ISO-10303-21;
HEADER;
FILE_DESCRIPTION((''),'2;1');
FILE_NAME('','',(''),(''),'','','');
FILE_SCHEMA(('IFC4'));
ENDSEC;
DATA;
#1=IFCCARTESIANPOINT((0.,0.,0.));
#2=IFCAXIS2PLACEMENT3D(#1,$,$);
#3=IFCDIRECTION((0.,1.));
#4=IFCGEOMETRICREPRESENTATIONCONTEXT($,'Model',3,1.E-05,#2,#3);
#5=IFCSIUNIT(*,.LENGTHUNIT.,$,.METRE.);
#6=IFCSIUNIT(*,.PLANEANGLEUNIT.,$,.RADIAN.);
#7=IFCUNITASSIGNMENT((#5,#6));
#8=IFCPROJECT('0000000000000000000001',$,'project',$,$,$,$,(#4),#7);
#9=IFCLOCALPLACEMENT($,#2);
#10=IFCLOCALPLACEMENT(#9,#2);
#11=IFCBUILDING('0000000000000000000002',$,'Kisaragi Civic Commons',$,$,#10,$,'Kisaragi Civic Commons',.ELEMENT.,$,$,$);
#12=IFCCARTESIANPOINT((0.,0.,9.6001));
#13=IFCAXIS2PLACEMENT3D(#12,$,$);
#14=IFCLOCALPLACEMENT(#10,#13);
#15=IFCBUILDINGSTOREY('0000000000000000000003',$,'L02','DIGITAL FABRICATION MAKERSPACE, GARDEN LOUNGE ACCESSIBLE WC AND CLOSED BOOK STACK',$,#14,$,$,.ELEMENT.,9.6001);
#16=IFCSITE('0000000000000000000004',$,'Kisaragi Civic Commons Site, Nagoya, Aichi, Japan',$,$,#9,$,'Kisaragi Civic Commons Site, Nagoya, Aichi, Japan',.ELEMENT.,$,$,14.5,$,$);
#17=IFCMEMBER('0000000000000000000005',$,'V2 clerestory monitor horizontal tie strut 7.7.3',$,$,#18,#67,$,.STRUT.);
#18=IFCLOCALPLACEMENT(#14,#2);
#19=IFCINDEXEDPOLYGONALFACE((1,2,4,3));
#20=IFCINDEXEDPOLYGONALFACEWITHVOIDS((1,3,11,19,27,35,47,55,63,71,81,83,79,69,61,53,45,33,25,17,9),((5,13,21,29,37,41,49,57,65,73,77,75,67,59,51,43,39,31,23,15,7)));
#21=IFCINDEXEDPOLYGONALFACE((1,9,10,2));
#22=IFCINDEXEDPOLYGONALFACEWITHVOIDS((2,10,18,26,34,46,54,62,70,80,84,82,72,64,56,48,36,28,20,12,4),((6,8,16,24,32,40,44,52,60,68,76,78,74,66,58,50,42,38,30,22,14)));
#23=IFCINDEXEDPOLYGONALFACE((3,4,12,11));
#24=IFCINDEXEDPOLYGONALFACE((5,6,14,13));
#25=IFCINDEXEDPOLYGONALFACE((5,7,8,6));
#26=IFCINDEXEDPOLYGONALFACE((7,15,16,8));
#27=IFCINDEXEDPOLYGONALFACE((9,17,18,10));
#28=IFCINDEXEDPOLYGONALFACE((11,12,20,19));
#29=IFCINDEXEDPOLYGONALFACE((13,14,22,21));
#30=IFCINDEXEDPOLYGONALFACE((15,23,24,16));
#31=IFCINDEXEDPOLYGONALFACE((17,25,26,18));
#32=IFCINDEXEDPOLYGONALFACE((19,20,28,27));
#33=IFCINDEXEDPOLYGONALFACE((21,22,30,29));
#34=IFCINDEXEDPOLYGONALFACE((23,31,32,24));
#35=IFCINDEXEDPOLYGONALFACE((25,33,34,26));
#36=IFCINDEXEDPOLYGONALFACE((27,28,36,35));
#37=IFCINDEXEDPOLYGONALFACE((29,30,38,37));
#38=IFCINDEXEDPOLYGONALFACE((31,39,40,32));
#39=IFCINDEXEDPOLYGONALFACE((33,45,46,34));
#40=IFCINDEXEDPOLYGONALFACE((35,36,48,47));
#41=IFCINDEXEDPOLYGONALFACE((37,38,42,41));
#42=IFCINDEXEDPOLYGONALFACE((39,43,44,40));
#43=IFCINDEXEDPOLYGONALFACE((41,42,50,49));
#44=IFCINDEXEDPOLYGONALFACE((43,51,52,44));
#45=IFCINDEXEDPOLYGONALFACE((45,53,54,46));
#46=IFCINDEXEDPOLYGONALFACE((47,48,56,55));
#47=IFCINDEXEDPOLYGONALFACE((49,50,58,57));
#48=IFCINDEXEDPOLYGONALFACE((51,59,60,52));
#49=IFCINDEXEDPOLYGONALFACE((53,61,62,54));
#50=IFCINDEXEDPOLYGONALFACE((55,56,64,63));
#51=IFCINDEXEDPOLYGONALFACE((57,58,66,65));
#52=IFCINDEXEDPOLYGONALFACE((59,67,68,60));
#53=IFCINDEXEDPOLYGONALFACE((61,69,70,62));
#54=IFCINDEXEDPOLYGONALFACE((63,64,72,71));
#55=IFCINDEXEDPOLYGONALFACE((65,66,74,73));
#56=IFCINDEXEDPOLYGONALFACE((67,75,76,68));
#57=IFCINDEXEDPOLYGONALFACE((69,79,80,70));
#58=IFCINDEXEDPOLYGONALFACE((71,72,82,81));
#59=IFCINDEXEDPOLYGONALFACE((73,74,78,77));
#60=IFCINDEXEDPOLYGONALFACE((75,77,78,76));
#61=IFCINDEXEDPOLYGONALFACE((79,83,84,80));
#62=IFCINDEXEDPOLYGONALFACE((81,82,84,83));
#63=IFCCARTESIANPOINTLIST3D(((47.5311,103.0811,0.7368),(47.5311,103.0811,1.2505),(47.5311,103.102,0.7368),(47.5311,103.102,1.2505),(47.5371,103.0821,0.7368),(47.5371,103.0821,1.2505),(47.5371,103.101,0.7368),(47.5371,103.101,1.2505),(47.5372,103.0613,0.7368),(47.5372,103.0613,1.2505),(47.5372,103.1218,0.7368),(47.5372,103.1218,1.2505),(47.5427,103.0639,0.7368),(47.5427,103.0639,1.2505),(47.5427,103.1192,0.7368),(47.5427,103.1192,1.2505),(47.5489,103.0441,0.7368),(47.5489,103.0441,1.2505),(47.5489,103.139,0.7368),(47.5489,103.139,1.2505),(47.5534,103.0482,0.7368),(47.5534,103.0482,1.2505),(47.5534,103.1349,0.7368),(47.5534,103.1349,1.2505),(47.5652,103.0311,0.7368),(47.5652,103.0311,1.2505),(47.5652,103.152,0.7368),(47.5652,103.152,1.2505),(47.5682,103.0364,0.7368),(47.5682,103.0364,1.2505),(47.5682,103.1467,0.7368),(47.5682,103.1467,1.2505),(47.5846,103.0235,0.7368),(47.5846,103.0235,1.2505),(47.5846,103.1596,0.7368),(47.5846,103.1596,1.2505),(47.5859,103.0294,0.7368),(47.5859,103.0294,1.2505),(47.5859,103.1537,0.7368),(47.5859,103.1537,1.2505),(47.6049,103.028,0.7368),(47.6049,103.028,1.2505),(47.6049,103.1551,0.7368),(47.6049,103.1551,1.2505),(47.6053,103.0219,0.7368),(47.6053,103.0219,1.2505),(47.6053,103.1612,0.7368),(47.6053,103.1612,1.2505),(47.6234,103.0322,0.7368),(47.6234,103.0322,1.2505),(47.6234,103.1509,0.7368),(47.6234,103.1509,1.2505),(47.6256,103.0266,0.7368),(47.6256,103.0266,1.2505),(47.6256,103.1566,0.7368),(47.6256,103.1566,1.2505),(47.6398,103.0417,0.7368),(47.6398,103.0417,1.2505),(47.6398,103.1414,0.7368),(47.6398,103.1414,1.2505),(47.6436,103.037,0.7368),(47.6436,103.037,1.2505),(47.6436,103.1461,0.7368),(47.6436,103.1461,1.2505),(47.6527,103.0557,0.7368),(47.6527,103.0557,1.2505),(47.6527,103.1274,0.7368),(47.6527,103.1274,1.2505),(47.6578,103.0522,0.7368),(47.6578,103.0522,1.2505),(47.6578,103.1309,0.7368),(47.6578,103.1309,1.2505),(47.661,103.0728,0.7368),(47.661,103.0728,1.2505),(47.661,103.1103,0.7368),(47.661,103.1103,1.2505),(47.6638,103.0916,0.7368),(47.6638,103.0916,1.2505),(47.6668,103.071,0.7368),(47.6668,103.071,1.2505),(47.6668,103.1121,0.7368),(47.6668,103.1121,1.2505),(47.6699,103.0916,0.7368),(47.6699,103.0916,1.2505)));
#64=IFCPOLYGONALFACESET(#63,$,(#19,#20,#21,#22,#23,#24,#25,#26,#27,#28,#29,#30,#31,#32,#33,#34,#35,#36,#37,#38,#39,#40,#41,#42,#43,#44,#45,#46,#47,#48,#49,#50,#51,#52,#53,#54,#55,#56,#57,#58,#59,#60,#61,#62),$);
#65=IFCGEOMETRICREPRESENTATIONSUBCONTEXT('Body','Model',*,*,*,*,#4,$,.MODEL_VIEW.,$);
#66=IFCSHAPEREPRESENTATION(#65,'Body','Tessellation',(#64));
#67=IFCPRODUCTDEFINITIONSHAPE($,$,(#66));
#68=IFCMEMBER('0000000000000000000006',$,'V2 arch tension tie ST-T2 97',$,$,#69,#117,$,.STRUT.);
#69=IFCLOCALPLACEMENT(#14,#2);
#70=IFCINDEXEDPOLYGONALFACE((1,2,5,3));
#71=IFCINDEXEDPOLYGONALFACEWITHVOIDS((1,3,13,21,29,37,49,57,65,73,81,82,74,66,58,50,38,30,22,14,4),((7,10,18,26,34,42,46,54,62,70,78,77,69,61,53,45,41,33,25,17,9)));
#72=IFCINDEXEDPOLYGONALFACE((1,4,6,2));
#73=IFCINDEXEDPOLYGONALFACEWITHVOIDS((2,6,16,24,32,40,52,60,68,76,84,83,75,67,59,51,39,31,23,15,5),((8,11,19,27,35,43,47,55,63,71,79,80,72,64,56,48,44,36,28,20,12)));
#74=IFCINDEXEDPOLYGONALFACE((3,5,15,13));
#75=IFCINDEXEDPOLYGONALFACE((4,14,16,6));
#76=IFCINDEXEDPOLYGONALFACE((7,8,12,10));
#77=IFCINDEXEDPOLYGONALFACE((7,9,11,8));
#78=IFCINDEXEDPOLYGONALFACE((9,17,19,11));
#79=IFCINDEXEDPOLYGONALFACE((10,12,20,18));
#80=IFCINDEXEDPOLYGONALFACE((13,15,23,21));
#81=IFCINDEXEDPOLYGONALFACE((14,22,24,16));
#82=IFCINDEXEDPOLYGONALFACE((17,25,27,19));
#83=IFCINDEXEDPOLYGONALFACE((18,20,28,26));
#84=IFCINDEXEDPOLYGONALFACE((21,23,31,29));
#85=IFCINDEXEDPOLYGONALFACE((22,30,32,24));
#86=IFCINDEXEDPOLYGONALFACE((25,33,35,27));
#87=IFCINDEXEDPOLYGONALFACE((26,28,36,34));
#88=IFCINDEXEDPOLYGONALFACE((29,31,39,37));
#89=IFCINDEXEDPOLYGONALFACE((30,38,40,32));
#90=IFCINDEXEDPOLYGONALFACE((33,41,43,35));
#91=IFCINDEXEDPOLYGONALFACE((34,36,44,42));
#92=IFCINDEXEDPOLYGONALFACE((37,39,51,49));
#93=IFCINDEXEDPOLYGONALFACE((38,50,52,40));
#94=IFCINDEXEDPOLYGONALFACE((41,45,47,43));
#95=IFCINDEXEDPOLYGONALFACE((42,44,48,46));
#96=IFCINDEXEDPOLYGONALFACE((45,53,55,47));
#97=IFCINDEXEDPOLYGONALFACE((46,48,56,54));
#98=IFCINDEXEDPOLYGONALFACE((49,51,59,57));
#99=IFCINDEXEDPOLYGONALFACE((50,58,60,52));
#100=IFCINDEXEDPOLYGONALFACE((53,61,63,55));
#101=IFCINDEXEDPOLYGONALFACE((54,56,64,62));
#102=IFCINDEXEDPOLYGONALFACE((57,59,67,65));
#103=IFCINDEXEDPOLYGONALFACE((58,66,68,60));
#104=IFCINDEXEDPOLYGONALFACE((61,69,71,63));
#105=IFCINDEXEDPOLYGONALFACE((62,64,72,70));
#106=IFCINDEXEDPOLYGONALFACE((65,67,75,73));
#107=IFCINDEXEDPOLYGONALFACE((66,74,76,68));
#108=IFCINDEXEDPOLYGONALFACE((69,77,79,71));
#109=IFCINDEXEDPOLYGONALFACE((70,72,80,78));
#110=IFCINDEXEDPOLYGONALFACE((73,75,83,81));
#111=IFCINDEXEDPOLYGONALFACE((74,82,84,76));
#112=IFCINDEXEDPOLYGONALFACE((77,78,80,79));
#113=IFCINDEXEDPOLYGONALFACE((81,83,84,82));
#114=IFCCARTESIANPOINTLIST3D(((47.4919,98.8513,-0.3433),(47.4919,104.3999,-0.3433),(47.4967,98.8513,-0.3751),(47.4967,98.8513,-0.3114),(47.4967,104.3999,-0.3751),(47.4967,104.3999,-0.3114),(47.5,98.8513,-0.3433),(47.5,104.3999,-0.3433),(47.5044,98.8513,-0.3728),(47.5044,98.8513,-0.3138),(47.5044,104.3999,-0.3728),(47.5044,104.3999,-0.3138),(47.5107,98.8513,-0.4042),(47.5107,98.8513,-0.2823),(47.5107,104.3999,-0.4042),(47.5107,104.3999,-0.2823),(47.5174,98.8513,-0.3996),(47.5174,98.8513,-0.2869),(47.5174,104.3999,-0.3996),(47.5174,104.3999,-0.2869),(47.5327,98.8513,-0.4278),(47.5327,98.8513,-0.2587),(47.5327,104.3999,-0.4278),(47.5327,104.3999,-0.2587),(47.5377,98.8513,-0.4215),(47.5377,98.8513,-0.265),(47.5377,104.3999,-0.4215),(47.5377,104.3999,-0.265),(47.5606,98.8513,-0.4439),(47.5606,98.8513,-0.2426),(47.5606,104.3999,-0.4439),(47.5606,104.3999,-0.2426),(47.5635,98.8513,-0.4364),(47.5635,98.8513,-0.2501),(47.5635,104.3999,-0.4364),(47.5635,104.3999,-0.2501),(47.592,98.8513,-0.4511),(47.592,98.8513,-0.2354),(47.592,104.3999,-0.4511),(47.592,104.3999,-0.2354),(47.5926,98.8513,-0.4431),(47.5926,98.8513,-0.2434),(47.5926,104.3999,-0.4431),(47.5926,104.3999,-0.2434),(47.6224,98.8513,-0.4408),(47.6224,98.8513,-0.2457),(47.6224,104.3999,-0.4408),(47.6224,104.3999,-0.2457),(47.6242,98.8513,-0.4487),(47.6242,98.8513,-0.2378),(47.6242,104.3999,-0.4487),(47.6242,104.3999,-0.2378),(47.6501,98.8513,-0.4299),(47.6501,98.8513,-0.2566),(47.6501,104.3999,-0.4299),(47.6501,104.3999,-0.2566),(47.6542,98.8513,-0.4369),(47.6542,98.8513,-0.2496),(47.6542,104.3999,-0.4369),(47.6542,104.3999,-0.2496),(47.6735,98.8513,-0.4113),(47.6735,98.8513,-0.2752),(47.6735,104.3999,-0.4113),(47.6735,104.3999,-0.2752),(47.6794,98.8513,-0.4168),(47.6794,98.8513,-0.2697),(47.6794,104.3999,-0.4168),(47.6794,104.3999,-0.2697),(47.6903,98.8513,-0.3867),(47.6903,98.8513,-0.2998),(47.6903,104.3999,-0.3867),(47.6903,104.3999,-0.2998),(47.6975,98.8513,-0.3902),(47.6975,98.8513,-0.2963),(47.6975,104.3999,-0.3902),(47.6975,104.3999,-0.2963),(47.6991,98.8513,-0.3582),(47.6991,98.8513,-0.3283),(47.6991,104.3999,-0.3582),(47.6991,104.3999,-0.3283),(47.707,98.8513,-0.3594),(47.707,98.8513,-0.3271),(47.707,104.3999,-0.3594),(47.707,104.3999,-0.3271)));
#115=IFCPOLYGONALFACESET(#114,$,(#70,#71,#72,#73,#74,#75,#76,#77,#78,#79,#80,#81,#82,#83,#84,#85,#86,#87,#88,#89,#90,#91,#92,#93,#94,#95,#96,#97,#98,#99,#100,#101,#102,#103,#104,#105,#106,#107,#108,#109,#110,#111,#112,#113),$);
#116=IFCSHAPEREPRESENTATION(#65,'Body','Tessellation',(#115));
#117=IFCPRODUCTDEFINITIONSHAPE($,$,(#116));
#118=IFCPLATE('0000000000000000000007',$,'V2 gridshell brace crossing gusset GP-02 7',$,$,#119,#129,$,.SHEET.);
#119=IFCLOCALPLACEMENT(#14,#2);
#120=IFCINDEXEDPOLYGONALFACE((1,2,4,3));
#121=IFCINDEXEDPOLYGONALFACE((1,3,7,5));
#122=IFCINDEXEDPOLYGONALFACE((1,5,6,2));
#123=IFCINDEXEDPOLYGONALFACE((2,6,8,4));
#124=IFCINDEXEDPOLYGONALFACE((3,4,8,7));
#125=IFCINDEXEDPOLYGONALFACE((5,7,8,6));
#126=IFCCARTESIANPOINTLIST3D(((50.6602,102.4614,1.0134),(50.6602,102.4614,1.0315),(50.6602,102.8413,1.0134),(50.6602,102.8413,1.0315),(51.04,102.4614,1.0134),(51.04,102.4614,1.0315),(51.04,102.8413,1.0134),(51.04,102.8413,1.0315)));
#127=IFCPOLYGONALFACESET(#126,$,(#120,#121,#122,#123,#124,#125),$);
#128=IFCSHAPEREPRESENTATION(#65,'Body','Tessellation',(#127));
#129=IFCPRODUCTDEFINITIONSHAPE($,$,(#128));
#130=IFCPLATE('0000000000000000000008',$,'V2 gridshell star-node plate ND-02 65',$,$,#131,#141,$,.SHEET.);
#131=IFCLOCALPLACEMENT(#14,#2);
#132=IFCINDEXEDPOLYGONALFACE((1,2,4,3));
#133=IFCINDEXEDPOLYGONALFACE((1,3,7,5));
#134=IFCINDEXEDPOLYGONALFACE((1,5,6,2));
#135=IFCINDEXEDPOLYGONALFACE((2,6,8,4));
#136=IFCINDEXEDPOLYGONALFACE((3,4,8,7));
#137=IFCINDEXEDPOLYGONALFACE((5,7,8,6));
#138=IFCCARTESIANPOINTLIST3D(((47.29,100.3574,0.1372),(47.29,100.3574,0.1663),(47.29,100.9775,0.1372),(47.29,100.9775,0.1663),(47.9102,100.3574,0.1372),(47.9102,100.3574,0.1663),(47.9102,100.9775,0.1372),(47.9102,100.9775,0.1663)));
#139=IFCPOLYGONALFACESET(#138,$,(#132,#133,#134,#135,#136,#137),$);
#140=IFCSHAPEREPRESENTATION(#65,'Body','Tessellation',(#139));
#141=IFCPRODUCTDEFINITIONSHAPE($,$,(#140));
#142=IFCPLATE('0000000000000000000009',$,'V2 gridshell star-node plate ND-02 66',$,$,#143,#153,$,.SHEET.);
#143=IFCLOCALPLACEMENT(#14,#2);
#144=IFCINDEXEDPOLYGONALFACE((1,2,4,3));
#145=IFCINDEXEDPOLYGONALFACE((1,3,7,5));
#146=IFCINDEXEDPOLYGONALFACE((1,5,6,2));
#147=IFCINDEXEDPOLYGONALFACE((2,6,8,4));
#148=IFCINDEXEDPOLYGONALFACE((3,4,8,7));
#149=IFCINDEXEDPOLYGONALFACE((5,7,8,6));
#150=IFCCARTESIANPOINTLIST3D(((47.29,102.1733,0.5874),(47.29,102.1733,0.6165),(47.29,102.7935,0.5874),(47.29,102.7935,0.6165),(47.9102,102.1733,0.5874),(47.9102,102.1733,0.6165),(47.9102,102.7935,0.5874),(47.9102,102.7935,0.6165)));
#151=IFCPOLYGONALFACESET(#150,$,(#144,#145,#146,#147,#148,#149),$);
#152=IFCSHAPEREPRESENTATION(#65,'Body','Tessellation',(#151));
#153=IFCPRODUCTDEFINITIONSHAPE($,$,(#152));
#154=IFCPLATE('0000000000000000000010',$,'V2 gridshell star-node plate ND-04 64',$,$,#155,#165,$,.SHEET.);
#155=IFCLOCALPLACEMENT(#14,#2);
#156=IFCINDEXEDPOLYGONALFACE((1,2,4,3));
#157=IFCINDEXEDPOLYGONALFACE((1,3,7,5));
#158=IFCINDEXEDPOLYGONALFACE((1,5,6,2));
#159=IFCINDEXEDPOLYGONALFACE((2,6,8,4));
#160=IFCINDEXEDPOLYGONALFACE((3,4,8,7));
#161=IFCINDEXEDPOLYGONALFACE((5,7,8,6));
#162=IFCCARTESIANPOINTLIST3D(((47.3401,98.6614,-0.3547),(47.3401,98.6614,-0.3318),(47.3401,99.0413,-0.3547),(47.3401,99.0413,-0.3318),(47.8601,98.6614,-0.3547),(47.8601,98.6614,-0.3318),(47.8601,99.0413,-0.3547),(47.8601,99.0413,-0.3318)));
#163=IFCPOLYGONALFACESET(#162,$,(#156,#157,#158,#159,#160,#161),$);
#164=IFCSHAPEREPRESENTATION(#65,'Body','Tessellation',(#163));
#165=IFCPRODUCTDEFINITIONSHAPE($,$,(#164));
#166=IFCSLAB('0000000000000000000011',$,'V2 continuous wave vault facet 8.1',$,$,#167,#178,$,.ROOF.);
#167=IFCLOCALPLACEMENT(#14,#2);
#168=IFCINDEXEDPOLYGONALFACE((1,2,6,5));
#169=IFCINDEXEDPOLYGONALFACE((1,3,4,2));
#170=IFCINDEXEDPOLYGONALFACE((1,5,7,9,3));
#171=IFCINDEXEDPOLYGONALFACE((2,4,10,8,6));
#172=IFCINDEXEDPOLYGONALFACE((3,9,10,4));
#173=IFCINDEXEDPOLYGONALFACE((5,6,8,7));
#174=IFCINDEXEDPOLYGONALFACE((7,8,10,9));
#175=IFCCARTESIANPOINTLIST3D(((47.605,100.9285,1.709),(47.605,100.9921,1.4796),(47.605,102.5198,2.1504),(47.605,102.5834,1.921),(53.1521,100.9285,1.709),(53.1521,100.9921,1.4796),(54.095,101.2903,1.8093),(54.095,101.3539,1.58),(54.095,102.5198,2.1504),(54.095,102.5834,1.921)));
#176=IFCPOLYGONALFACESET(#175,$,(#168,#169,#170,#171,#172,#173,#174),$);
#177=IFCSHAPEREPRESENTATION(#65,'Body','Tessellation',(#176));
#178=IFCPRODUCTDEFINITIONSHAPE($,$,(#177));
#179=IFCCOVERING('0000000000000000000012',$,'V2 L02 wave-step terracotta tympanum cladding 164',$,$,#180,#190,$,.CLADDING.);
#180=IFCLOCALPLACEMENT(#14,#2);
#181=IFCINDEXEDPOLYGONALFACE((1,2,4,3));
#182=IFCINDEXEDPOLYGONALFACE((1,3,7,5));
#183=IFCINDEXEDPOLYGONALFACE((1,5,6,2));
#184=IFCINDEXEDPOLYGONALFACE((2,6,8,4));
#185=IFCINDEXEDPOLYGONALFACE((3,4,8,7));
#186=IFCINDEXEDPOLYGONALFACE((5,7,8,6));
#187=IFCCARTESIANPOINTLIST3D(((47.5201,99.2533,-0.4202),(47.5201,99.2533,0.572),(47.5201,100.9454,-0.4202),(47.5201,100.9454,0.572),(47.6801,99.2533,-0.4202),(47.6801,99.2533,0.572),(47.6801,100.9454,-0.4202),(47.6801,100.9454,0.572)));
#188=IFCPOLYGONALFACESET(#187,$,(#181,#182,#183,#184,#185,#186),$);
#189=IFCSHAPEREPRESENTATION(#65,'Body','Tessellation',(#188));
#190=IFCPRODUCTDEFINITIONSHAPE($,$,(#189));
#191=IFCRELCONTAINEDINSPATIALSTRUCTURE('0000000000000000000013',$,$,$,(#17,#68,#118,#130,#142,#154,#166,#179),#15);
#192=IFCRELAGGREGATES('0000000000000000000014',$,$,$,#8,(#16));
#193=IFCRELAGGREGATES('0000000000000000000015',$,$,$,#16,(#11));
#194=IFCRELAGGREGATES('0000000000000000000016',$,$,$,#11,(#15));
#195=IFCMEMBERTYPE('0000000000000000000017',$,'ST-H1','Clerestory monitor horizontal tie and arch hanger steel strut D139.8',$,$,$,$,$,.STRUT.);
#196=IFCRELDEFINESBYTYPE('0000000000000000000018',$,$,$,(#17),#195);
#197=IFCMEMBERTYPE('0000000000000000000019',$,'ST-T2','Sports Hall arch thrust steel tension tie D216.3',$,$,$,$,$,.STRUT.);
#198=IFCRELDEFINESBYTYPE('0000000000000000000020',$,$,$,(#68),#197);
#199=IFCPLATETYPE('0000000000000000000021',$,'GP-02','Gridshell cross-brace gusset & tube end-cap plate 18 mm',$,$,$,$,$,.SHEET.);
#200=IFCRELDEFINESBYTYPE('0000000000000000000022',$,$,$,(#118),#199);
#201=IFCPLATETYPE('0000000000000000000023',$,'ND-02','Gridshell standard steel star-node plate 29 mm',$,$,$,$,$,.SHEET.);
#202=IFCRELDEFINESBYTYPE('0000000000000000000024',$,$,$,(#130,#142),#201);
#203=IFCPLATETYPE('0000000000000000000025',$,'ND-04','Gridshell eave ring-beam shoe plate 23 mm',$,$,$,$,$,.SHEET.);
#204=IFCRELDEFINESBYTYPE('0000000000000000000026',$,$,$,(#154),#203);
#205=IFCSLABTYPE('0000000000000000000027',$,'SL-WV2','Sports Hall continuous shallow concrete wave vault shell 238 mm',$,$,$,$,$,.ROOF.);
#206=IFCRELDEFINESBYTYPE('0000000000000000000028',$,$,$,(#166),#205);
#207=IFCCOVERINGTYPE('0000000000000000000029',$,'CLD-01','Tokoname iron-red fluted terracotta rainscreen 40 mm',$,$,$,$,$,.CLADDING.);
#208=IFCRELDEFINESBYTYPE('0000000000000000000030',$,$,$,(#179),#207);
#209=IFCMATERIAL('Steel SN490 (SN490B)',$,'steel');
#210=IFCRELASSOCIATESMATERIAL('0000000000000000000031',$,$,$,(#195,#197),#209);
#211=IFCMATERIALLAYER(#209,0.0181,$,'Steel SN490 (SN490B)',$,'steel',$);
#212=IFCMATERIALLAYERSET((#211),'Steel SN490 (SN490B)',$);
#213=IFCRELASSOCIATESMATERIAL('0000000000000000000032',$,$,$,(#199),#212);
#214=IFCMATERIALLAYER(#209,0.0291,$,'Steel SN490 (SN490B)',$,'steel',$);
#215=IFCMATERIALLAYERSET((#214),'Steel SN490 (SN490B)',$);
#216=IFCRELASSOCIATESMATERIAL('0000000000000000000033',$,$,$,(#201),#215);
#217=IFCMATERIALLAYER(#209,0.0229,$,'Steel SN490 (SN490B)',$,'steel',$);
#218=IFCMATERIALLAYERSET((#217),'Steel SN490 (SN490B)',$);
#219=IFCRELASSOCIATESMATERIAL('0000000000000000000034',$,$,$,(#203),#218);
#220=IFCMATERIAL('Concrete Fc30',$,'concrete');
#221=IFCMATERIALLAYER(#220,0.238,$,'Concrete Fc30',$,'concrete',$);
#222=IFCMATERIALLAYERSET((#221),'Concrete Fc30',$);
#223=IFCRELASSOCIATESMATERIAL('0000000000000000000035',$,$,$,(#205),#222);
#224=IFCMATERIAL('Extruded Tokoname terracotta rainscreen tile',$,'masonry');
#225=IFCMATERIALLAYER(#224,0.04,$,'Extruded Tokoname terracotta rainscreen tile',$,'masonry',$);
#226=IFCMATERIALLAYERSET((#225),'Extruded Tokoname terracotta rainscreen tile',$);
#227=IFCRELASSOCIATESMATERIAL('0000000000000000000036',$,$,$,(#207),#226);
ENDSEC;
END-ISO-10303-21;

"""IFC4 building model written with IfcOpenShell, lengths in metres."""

from ifc_helpers import new_model, si_unit, direction, frame, origin, origin_2d, place, context, subcontext, project, spatial, polyline, rectangle, hollow_circle, outline, extrude, material, layer, layer_set, material_profile, profile_set, type_object, element, save


model = new_model("IFC4")

# Units and contexts
model_context = context("Model", 3, precision=1e-05, world=origin(), true_north=direction((0.0, 1.0)))
body_context = subcontext(model_context, "Body", "Model", "MODEL_VIEW")
ifc_project = project(units=[si_unit("LENGTHUNIT", "METRE"), si_unit("PLANEANGLEUNIT", "RADIAN")], contexts=[model_context])

# Site, building, storey
site_placement = place(None, origin())
site = spatial("IfcSite", under=ifc_project, at=site_placement, Name="Kisaragi Civic Commons Site, Nagoya, Aichi, Japan", LongName="Kisaragi Civic Commons Site, Nagoya, Aichi, Japan", CompositionType="ELEMENT", RefElevation=14.5)
building_placement = place(site_placement, origin())
building = spatial("IfcBuilding", under=site, at=building_placement, Name="Kisaragi Civic Commons", LongName="Kisaragi Civic Commons", CompositionType="ELEMENT")
storey_placement = place(building_placement, frame((0.0, 0.0, 9.6001)))
storey = spatial("IfcBuildingStorey", under=building, at=storey_placement, Name="L02", Description="DIGITAL FABRICATION MAKERSPACE, GARDEN LOUNGE ACCESSIBLE WC AND CLOSED BOOK STACK", CompositionType="ELEMENT", Elevation=9.6001)

# Members
ifc_material_1 = material(Name="Steel SN490 (SN490B)", Category="steel")
ifc_material_profile_1 = material_profile(ifc_material_1, hollow_circle(Radius=0.0698, WallThickness=0.0061, at=origin_2d()), Name="CHS-139.8x6.0", Category="steel")
ifc_profile_set_1 = profile_set([ifc_material_profile_1], Name="Steel SN490 (SN490B)")
member_type_1 = type_object("IfcMemberType", Name="ST-H1", Description="Clerestory monitor horizontal tie and arch hanger steel strut D139.8", PredefinedType="STRUT", material=ifc_profile_set_1)
member_1_placement = place(storey_placement, frame((47.6001, 103.0916, 0.7368), z_axis=(0.0, 0.0, 1.0), x_axis=(1.0, 0.0, 0.0)))
element("IfcMember", 1, at=member_1_placement, inside=storey, type_object=member_type_1, Name="V2 clerestory monitor horizontal tie strut 7.7.3", PredefinedType="STRUT", context=body_context, shape_type="SweptSolid", body=[
    extrude(hollow_circle(Radius=0.0698, WallThickness=0.0061, at=origin_2d()), origin(), (0.0, 0.0, 1.0), 0.5137),
])
ifc_material_profile_2 = material_profile(ifc_material_1, hollow_circle(Radius=0.1082, WallThickness=0.0081, at=origin_2d()), Name="CHS-216.3x8.0", Category="steel")
ifc_profile_set_2 = profile_set([ifc_material_profile_2], Name="Steel SN490 (SN490B)")
member_type_2 = type_object("IfcMemberType", Name="ST-T2", Description="Sports Hall arch thrust steel tension tie D216.3", PredefinedType="STRUT", material=ifc_profile_set_2)
member_2_placement = place(storey_placement, frame((47.6001, 98.8513, -0.3433), z_axis=(0.0, 1.0, 0.0), x_axis=(-1.0, 0.0, 0.0)))
element("IfcMember", 2, at=member_2_placement, inside=storey, type_object=member_type_2, Name="V2 arch tension tie ST-T2 97", PredefinedType="STRUT", context=body_context, shape_type="SweptSolid", body=[
    extrude(hollow_circle(Radius=0.1082, WallThickness=0.0081, at=origin_2d()), origin(), (0.0, 0.0, 1.0), 5.5486),
])

# Plates
ifc_layer_1 = layer(ifc_material_1, 0.0181, Name="Steel SN490 (SN490B)", Category="steel")
ifc_layer_set_1 = layer_set([ifc_layer_1], Name="Steel SN490 (SN490B)")
plate_type_1 = type_object("IfcPlateType", Name="GP-02", Description="Gridshell cross-brace gusset & tube end-cap plate 18 mm", PredefinedType="SHEET", material=ifc_layer_set_1)
plate_1_placement = place(storey_placement, frame((50.8501, 102.6514, 1.0134), z_axis=(0.0, 0.0, 1.0), x_axis=(1.0, 0.0, 0.0)))
element("IfcPlate", 3, at=plate_1_placement, inside=storey, type_object=plate_type_1, Name="V2 gridshell brace crossing gusset GP-02 7", PredefinedType="SHEET", context=body_context, shape_type="SweptSolid", body=[
    extrude(rectangle(XDim=0.3799, YDim=0.3799, at=origin_2d()), origin(), (0.0, 0.0, 1.0), 0.0181),
])
ifc_layer_2 = layer(ifc_material_1, 0.0291, Name="Steel SN490 (SN490B)", Category="steel")
ifc_layer_set_2 = layer_set([ifc_layer_2], Name="Steel SN490 (SN490B)")
plate_type_2 = type_object("IfcPlateType", Name="ND-02", Description="Gridshell standard steel star-node plate 29 mm", PredefinedType="SHEET", material=ifc_layer_set_2)
for number, where, z_axis, x_axis, name in (
    (4, (47.6001, 100.6675, 0.1372), (0.0, 0.0, 1.0), (1.0, 0.0, 0.0), "V2 gridshell star-node plate ND-02 65"),
    (5, (47.6001, 102.4834, 0.5874), (0.0, 0.0, 1.0), (1.0, 0.0, 0.0), "V2 gridshell star-node plate ND-02 66"),
):
    element("IfcPlate", number, at=place(storey_placement, frame(where, z_axis=z_axis, x_axis=x_axis)), inside=storey, type_object=plate_type_2, Name=name, PredefinedType="SHEET", context=body_context, shape_type="SweptSolid", body=[
        extrude(rectangle(XDim=0.6201, YDim=0.6201, at=origin_2d()), origin(), (0.0, 0.0, 1.0), 0.0291),
    ])
ifc_layer_3 = layer(ifc_material_1, 0.0229, Name="Steel SN490 (SN490B)", Category="steel")
ifc_layer_set_3 = layer_set([ifc_layer_3], Name="Steel SN490 (SN490B)")
plate_type_3 = type_object("IfcPlateType", Name="ND-04", Description="Gridshell eave ring-beam shoe plate 23 mm", PredefinedType="SHEET", material=ifc_layer_set_3)
plate_2_placement = place(storey_placement, frame((47.6001, 98.8513, -0.3547), z_axis=(0.0, 0.0, 1.0), x_axis=(1.0, 0.0, 0.0)))
element("IfcPlate", 6, at=plate_2_placement, inside=storey, type_object=plate_type_3, Name="V2 gridshell star-node plate ND-04 64", PredefinedType="SHEET", context=body_context, shape_type="SweptSolid", body=[
    extrude(rectangle(XDim=0.52, YDim=0.3799, at=origin_2d()), origin(), (0.0, 0.0, 1.0), 0.0229),
])

# Slab
ifc_material_2 = material(Name="Concrete Fc30", Category="concrete")
ifc_layer_4 = layer(ifc_material_2, 0.238, Name="Concrete Fc30", Category="concrete")
ifc_layer_set_4 = layer_set([ifc_layer_4], Name="Concrete Fc30")
slab_type = type_object("IfcSlabType", Name="SL-WV2", Description="Sports Hall continuous shallow concrete wave vault shell 238 mm", PredefinedType="ROOF", material=ifc_layer_set_4)
slab_placement = place(storey_placement, frame((54.095, 102.5198, 2.1504), z_axis=(0.000002, -0.267294, 0.963615), x_axis=(-1.0, 0.0, 0.000002)))
element("IfcSlab", 7, at=slab_placement, inside=storey, type_object=slab_type, Name="V2 continuous wave vault facet 8.1", PredefinedType="ROOF", context=body_context, shape_type="SweptSolid", body=[
    extrude(outline(polyline([(0.0, 0.0), (6.49, 0.0), (6.49, 1.6514), (0.9429, 1.6514), (0.0, 1.2759), (0.0, 0.0)])), origin(), (0.0, 0.0, -1.0), 0.238),
])

# Covering
ifc_material_3 = material(Name="Extruded Tokoname terracotta rainscreen tile", Category="masonry")
ifc_layer_5 = layer(ifc_material_3, 0.04, Name="Extruded Tokoname terracotta rainscreen tile", Category="masonry")
ifc_layer_set_5 = layer_set([ifc_layer_5], Name="Extruded Tokoname terracotta rainscreen tile")
covering_type = type_object("IfcCoveringType", Name="CLD-01", Description="Tokoname iron-red fluted terracotta rainscreen 40 mm", PredefinedType="CLADDING", material=ifc_layer_set_5)
covering_1_placement = place(storey_placement, frame((47.6001, 100.0994, -0.4202), z_axis=(0.0, 0.0, 1.0), x_axis=(0.0, 1.0, 0.0)))
element("IfcCovering", 8, at=covering_1_placement, inside=storey, type_object=covering_type, Name="V2 L02 wave-step terracotta tympanum cladding 164", PredefinedType="CLADDING", context=body_context, shape_type="SweptSolid", body=[
    extrude(rectangle(XDim=1.6921, YDim=0.1599, at=origin_2d()), origin(), (0.0, 0.0, 1.0), 0.9922),
])

save(model, "model.ifc")
